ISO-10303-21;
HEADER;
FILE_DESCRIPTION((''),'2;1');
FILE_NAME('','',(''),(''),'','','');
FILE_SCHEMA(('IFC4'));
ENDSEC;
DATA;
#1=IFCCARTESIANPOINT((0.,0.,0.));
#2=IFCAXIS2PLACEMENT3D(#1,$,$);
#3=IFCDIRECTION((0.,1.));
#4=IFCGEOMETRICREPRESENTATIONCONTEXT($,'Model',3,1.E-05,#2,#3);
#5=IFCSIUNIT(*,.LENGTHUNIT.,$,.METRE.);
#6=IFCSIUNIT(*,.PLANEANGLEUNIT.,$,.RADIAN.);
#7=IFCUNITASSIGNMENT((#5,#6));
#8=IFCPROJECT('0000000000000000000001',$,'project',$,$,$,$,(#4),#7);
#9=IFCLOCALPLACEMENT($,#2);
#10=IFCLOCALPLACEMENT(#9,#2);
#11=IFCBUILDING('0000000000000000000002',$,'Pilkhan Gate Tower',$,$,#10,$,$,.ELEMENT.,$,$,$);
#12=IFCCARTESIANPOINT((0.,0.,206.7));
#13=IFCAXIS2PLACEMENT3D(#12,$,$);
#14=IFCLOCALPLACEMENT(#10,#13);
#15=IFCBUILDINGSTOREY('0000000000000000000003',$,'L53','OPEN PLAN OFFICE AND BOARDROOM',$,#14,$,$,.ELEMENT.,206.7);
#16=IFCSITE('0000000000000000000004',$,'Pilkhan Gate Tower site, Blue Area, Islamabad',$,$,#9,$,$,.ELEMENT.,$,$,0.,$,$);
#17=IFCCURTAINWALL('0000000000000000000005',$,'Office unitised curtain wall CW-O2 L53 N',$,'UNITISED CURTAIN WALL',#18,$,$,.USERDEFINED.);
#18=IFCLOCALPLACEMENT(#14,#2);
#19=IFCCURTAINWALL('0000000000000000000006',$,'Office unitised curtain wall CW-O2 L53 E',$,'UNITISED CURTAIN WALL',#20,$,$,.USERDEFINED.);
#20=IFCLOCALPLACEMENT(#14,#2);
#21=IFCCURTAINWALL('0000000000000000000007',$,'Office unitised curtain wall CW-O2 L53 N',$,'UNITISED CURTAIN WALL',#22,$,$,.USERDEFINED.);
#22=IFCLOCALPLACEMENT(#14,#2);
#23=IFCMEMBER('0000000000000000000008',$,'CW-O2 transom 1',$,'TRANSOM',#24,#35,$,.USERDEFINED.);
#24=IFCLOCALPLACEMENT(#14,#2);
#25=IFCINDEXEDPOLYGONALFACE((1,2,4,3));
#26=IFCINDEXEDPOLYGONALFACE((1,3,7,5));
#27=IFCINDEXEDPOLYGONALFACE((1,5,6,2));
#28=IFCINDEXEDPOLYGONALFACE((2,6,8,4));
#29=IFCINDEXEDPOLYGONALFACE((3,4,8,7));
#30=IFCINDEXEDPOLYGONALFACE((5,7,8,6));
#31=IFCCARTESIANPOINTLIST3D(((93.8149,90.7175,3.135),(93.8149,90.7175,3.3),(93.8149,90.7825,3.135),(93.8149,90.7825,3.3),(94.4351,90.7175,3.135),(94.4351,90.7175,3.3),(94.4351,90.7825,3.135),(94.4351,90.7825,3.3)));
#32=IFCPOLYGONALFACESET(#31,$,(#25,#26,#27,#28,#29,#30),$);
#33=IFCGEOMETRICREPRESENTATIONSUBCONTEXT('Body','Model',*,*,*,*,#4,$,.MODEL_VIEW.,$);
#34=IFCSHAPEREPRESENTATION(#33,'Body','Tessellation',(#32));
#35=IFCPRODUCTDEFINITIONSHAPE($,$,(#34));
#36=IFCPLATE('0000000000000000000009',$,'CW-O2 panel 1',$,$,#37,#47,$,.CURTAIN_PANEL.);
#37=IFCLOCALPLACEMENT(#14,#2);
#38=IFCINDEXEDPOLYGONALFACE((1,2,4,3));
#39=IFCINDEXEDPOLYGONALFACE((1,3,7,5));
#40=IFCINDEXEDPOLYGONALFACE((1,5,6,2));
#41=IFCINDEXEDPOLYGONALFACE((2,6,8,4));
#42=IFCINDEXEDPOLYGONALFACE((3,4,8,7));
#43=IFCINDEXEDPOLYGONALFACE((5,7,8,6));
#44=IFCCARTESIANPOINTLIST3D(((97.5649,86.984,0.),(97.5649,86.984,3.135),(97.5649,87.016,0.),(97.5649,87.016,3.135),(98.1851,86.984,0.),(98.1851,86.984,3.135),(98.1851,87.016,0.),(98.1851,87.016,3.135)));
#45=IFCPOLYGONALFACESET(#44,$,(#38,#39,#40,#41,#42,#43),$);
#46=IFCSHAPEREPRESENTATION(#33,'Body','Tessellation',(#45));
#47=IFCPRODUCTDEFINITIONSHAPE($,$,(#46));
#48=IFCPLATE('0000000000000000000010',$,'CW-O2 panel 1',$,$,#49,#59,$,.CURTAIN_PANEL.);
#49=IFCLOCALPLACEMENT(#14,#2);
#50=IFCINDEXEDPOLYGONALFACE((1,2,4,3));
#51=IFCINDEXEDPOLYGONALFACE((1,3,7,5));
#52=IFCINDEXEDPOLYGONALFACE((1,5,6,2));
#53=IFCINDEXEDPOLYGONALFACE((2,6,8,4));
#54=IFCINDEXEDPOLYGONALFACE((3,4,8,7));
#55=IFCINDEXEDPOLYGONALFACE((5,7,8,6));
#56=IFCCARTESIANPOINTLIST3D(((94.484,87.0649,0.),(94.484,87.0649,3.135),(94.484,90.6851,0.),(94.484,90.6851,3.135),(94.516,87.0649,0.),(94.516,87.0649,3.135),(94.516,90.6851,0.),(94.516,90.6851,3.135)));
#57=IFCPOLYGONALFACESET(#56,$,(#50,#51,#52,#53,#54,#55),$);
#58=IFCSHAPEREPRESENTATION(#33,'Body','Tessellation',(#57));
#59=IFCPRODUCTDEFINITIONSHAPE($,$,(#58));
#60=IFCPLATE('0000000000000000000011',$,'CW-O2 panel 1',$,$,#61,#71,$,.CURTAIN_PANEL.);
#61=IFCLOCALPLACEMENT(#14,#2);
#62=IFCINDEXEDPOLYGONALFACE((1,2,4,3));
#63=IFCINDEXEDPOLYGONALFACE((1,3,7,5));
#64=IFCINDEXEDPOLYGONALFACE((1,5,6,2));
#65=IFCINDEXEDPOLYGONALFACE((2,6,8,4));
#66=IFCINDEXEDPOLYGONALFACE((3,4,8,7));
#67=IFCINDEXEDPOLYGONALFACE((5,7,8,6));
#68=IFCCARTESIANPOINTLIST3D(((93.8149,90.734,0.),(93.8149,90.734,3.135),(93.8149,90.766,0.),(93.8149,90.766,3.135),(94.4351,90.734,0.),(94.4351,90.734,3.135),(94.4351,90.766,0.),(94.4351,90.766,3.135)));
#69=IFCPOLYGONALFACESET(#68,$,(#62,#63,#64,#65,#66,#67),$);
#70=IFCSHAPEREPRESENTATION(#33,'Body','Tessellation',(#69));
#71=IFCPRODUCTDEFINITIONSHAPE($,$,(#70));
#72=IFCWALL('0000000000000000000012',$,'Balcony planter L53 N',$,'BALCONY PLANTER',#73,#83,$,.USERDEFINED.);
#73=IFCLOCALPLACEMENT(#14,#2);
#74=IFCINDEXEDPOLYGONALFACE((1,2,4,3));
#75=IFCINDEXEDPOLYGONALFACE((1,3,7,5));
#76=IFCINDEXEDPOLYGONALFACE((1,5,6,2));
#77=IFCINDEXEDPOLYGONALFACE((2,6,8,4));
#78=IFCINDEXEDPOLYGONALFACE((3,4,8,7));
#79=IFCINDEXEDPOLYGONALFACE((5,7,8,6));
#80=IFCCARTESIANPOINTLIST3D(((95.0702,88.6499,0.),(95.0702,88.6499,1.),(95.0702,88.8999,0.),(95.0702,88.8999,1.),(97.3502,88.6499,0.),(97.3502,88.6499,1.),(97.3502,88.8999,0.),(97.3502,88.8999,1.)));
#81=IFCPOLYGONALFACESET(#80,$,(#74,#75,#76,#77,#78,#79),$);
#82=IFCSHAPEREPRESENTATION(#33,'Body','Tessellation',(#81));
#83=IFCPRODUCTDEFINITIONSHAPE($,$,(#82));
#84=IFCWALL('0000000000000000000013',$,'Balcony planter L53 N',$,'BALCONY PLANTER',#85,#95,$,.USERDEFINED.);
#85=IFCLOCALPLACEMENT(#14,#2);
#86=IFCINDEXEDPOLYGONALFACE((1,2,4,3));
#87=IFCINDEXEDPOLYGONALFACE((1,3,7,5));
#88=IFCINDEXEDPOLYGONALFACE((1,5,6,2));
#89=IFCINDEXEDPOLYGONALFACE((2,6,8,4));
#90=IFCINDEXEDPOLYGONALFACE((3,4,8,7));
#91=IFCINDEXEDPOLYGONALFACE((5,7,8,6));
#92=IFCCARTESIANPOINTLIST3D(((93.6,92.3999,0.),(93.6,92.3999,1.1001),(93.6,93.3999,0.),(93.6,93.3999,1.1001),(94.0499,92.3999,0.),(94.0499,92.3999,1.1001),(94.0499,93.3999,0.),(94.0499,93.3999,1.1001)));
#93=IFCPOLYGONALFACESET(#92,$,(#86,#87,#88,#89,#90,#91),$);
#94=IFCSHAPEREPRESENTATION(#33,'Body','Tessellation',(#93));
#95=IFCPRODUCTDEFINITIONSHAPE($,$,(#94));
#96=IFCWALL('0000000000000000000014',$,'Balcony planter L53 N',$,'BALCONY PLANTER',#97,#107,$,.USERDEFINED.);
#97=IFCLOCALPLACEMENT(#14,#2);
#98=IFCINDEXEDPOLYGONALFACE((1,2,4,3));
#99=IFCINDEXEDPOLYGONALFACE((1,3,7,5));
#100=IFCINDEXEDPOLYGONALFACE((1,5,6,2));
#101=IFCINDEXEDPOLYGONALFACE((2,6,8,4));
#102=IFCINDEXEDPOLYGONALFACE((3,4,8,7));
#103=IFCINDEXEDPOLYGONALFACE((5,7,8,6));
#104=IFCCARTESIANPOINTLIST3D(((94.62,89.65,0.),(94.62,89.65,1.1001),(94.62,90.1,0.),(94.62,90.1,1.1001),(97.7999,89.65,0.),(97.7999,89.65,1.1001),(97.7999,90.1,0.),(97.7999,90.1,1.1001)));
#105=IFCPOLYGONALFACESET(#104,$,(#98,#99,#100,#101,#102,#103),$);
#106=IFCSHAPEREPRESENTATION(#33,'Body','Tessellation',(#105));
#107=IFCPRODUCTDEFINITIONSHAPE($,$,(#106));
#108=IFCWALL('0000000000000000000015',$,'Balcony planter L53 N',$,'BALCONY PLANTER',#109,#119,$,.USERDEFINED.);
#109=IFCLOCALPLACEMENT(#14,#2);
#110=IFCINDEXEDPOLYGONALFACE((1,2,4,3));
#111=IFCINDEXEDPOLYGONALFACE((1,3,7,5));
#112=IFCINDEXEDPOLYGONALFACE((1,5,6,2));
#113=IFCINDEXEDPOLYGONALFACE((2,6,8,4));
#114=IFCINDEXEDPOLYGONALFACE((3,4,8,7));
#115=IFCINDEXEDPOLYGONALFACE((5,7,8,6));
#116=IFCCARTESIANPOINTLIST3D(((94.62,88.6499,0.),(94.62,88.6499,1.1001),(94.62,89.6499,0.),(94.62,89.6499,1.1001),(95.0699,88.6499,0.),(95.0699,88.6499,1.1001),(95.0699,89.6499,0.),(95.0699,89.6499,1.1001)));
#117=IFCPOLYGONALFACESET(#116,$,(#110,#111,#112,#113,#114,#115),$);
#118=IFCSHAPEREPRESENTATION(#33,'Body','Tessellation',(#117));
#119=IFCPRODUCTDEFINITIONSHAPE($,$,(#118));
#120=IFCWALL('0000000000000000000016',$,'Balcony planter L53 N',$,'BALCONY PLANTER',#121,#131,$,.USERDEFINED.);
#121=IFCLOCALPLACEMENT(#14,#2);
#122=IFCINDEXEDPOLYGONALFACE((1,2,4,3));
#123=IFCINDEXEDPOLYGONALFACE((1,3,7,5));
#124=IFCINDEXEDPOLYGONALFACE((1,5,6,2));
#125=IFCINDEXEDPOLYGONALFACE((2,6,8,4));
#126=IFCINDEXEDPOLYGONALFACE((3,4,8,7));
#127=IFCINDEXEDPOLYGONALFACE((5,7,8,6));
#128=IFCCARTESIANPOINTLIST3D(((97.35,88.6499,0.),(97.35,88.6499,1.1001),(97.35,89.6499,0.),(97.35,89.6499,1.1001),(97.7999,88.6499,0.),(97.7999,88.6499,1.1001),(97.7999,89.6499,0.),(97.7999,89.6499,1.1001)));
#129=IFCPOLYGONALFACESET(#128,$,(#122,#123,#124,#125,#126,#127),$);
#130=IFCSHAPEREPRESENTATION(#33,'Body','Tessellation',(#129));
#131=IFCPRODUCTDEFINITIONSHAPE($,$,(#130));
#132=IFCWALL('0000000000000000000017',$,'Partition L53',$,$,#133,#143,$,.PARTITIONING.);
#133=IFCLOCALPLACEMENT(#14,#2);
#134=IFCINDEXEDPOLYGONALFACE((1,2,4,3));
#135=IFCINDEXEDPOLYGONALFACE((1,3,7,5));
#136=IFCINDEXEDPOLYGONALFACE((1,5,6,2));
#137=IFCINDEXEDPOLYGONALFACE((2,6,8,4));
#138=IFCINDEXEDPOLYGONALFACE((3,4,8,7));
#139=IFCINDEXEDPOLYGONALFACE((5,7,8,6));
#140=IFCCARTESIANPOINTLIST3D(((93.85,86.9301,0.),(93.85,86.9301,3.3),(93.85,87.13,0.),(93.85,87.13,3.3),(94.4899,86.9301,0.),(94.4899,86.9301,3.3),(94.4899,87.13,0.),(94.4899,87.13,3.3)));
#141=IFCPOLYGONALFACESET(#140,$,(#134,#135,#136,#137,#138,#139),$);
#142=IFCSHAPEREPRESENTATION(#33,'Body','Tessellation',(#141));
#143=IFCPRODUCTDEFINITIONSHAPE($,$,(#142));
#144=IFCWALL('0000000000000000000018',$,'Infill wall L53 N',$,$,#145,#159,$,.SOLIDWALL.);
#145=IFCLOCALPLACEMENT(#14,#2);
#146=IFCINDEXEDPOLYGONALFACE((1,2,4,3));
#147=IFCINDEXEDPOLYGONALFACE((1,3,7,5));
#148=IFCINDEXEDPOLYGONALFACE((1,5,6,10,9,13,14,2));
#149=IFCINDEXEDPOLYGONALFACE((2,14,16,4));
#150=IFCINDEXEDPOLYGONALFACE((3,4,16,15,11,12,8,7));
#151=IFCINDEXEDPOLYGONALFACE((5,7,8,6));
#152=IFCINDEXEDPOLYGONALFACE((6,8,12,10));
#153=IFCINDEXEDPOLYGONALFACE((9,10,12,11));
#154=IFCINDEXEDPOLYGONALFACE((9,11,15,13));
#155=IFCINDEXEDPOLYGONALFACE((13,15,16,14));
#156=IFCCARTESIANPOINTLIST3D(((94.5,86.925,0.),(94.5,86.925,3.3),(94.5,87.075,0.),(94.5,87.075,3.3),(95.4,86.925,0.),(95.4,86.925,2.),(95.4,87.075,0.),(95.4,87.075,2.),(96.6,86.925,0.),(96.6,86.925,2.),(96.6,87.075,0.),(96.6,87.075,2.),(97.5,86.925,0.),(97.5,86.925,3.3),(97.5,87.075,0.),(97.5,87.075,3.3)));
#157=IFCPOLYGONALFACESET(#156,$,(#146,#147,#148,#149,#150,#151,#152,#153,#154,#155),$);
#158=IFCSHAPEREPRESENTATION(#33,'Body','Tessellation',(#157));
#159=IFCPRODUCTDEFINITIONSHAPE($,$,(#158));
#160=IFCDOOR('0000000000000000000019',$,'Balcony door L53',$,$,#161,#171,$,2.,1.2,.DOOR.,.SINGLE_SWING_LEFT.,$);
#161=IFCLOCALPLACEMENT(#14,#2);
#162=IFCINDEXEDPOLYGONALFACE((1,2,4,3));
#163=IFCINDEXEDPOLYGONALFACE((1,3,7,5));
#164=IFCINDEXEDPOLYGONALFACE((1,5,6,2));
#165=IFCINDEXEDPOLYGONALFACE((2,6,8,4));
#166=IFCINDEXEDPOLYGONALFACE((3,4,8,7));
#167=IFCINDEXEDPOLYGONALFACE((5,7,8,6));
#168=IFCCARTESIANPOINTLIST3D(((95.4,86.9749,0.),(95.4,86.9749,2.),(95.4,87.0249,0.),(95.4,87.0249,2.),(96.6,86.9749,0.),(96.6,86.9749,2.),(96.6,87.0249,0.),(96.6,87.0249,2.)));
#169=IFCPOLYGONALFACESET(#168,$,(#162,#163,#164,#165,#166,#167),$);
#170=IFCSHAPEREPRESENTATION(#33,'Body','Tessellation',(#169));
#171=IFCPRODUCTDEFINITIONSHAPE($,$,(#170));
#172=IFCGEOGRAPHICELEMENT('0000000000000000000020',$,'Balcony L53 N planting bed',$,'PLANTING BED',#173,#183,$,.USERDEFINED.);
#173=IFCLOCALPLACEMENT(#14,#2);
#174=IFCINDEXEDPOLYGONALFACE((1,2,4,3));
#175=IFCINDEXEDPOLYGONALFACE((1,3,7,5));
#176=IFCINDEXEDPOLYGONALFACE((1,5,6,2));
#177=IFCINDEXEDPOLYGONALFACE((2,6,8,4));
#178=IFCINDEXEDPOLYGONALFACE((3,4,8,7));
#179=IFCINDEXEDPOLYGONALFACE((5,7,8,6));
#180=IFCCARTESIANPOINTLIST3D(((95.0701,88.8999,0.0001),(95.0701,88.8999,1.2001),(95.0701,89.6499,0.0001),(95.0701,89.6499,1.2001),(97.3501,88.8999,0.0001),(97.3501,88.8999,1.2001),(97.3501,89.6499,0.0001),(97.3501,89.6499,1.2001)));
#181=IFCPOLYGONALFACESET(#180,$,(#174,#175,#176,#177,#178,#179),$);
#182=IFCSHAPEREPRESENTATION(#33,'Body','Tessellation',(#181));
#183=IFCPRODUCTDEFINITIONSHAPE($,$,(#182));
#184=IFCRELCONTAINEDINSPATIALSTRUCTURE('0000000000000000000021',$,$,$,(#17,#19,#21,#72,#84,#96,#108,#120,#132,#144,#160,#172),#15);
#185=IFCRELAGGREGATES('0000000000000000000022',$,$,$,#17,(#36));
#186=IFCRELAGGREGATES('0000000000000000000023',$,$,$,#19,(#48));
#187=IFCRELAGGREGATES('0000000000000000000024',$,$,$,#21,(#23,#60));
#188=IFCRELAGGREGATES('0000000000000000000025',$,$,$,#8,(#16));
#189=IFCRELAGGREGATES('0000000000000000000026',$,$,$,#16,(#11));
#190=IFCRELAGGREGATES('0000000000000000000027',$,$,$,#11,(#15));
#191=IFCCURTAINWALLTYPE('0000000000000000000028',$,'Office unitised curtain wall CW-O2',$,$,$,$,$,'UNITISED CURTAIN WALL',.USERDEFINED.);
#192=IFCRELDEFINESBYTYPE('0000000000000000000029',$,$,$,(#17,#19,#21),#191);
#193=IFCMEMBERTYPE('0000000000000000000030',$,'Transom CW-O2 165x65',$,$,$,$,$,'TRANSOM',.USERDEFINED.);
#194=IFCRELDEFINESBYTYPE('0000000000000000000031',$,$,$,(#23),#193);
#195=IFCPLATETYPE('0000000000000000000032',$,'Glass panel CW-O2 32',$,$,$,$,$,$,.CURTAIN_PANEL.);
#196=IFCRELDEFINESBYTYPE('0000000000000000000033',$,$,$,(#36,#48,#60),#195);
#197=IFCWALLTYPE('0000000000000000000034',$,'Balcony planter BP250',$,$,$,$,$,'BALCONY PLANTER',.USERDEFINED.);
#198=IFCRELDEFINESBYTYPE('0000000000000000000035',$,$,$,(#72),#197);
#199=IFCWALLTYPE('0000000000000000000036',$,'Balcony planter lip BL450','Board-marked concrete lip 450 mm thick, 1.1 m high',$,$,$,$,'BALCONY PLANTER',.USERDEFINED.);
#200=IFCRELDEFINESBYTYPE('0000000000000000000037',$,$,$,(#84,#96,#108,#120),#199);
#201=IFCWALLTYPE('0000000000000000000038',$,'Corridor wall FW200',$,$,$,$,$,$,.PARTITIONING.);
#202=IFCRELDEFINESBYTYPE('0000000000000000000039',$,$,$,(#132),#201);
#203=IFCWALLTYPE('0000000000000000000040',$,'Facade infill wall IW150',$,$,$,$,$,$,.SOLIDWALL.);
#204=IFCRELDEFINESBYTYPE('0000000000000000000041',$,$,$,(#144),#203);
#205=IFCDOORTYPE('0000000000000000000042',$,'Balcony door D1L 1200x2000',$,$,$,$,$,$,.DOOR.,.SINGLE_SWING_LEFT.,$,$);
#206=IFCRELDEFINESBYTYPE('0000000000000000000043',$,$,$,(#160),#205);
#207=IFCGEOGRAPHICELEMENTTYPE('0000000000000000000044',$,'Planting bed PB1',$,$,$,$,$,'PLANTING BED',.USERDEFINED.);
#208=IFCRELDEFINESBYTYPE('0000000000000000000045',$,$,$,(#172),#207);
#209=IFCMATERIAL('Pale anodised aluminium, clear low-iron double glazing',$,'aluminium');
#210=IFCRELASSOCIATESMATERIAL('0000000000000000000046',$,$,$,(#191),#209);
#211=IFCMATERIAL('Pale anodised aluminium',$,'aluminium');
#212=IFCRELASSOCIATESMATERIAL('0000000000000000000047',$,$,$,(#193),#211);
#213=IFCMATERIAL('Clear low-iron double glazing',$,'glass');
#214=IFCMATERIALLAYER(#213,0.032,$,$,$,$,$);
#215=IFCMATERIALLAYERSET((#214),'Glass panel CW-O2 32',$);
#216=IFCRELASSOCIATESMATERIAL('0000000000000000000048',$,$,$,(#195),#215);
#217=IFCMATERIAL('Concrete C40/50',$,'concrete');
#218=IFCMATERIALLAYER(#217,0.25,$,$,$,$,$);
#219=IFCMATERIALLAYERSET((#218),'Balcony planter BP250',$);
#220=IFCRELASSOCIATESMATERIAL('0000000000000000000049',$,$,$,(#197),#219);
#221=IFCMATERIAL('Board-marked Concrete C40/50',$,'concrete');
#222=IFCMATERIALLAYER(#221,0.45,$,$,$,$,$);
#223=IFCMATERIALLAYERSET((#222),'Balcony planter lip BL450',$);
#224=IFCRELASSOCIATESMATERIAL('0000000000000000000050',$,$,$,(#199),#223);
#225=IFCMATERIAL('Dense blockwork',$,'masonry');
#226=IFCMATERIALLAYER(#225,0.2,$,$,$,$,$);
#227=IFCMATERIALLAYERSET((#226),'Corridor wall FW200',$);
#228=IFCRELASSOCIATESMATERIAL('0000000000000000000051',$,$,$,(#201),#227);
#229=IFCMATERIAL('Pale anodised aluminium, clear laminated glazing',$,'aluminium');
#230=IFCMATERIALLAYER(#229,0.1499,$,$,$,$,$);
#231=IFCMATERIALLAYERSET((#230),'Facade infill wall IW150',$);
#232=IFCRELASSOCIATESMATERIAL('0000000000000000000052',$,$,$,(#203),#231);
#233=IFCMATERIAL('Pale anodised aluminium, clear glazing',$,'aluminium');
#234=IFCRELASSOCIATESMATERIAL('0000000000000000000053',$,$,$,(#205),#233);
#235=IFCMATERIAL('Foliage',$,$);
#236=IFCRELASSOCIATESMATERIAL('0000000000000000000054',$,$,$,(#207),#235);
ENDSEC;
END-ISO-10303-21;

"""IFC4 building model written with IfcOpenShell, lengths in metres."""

from ifc_helpers import new_model, si_unit, direction, frame, frame_2d, origin, origin_2d, place, context, subcontext, project, spatial, rectangle, extrude, material, layer, layer_set, material_profile, profile_set, type_object, element, fill, aggregate, save


model = new_model("IFC4")

# Units and contexts
model_context = context("Model", 3, precision=1e-05, world=origin(), true_north=direction((0.0, 1.0)))
body_context = subcontext(model_context, "Body", "Model", "MODEL_VIEW")
ifc_project = project(units=[si_unit("LENGTHUNIT", "METRE"), si_unit("PLANEANGLEUNIT", "RADIAN")], contexts=[model_context])

# Site, building, storey
site_placement = place(None, origin())
site = spatial("IfcSite", under=ifc_project, at=site_placement, Name="Pilkhan Gate Tower site, Blue Area, Islamabad", CompositionType="ELEMENT", RefElevation=0.0)
building_placement = place(site_placement, origin())
building = spatial("IfcBuilding", under=site, at=building_placement, Name="Pilkhan Gate Tower", CompositionType="ELEMENT")
storey_placement = place(building_placement, frame((0.0, 0.0, 206.7)))
storey = spatial("IfcBuildingStorey", under=building, at=storey_placement, Name="L53", Description="OPEN PLAN OFFICE AND BOARDROOM", CompositionType="ELEMENT", Elevation=206.7)

# Shared definitions
ifc_material_1 = material(Name="Pale anodised aluminium, clear low-iron double glazing", Category="aluminium")
curtain_wall_type = type_object("IfcCurtainWallType", Name="Office unitised curtain wall CW-O2", ElementType="UNITISED CURTAIN WALL", PredefinedType="USERDEFINED", material=ifc_material_1)
ifc_material_2 = material(Name="Pale anodised aluminium", Category="aluminium")

# Curtain walls
curtain_wall_1_placement = place(storey_placement, origin())
curtain_wall_1 = element("IfcCurtainWall", 1, at=curtain_wall_1_placement, inside=storey, type_object=curtain_wall_type, Name="Office unitised curtain wall CW-O2 L53 N", ObjectType="UNITISED CURTAIN WALL", PredefinedType="USERDEFINED")
curtain_wall_2_placement = place(storey_placement, origin())
curtain_wall_2 = element("IfcCurtainWall", 2, at=curtain_wall_2_placement, inside=storey, type_object=curtain_wall_type, Name="Office unitised curtain wall CW-O2 L53 E", ObjectType="UNITISED CURTAIN WALL", PredefinedType="USERDEFINED")
curtain_wall_3_placement = place(storey_placement, origin())
curtain_wall_3 = element("IfcCurtainWall", 3, at=curtain_wall_3_placement, inside=storey, type_object=curtain_wall_type, Name="Office unitised curtain wall CW-O2 L53 N", ObjectType="UNITISED CURTAIN WALL", PredefinedType="USERDEFINED")

# Member
ifc_material_profile_1 = material_profile(ifc_material_2, rectangle(XDim=0.0649, YDim=0.165, at=origin_2d()), Name="Transom 165x65")
ifc_profile_set_1 = profile_set([ifc_material_profile_1], Name="Pale anodised aluminium")
member_type_1 = type_object("IfcMemberType", Name="Transom CW-O2 165x65", ElementType="TRANSOM", PredefinedType="USERDEFINED", material=ifc_profile_set_1)
member_1_placement = place(storey_placement, frame((93.8149, 90.75, 3.2175), z_axis=(1.0, 0.0, 0.0), x_axis=(0.0, 1.0, 0.0)))
member_1 = element("IfcMember", 4, at=member_1_placement, type_object=member_type_1, Name="CW-O2 transom 1", ObjectType="TRANSOM", PredefinedType="USERDEFINED", context=body_context, shape_type="SweptSolid", body=[
    extrude(rectangle(XDim=0.0649, YDim=0.165, at=origin_2d()), origin(), (0.0, 0.0, 1.0), 0.6201),
])

# Plates
ifc_material_3 = material(Name="Clear low-iron double glazing", Category="glass")
ifc_layer_1 = layer(ifc_material_3, 0.032)
ifc_layer_set_1 = layer_set([ifc_layer_1], Name="Glass panel CW-O2 32")
plate_type = type_object("IfcPlateType", Name="Glass panel CW-O2 32", PredefinedType="CURTAIN_PANEL", material=ifc_layer_set_1)
plate_1_placement = place(storey_placement, frame((97.875, 87.0, 0.0), z_axis=(0.0, 0.0, 1.0), x_axis=(1.0, 0.0, 0.0)))
plate_1 = element("IfcPlate", 5, at=plate_1_placement, type_object=plate_type, Name="CW-O2 panel 1", PredefinedType="CURTAIN_PANEL", context=body_context, shape_type="SweptSolid", body=[
    extrude(rectangle(XDim=0.6201, YDim=0.032, at=origin_2d()), origin(), (0.0, 0.0, 1.0), 3.135),
])
aggregate(curtain_wall_1, [plate_1])
plate_2_placement = place(storey_placement, frame((94.5, 88.875, 0.0), z_axis=(0.0, 0.0, 1.0), x_axis=(0.0, 1.0, 0.0)))
plate_2 = element("IfcPlate", 6, at=plate_2_placement, type_object=plate_type, Name="CW-O2 panel 1", PredefinedType="CURTAIN_PANEL", context=body_context, shape_type="SweptSolid", body=[
    extrude(rectangle(XDim=3.6201, YDim=0.032, at=origin_2d()), origin(), (0.0, 0.0, 1.0), 3.135),
])
aggregate(curtain_wall_2, [plate_2])
plate_3_placement = place(storey_placement, frame((94.125, 90.75, 0.0), z_axis=(0.0, 0.0, 1.0), x_axis=(1.0, 0.0, 0.0)))
plate_3 = element("IfcPlate", 7, at=plate_3_placement, type_object=plate_type, Name="CW-O2 panel 1", PredefinedType="CURTAIN_PANEL", context=body_context, shape_type="SweptSolid", body=[
    extrude(rectangle(XDim=0.6201, YDim=0.032, at=origin_2d()), origin(), (0.0, 0.0, 1.0), 3.135),
])
aggregate(curtain_wall_3, [member_1, plate_3])

# Walls
ifc_material_4 = material(Name="Concrete C40/50", Category="concrete")
ifc_layer_2 = layer(ifc_material_4, 0.25)
ifc_layer_set_2 = layer_set([ifc_layer_2], Name="Balcony planter BP250")
wall_type_1 = type_object("IfcWallType", Name="Balcony planter BP250", ElementType="BALCONY PLANTER", PredefinedType="USERDEFINED", material=ifc_layer_set_2)
wall_1_placement = place(storey_placement, frame((95.0701, 88.7749, 0.0), z_axis=(0.0, 0.0, 1.0), x_axis=(1.0, 0.0, 0.0)))
element("IfcWall", 8, at=wall_1_placement, inside=storey, type_object=wall_type_1, Name="Balcony planter L53 N", ObjectType="BALCONY PLANTER", PredefinedType="USERDEFINED", context=body_context, shape_type="SweptSolid", body=[
    extrude(rectangle(XDim=2.28, YDim=0.25, at=frame_2d((1.1401, 0.0))), origin(), (0.0, 0.0, 1.0), 1.0),
])
ifc_material_5 = material(Name="Board-marked Concrete C40/50", Category="concrete")
ifc_layer_3 = layer(ifc_material_5, 0.45)
ifc_layer_set_3 = layer_set([ifc_layer_3], Name="Balcony planter lip BL450")
wall_type_2 = type_object("IfcWallType", Name="Balcony planter lip BL450", Description="Board-marked concrete lip 450 mm thick, 1.1 m high", ElementType="BALCONY PLANTER", PredefinedType="USERDEFINED", material=ifc_layer_set_3)
wall_2_placement = place(storey_placement, frame((93.825, 92.3999, 0.0), z_axis=(0.0, 0.0, 1.0), x_axis=(0.0, 1.0, 0.0)))
element("IfcWall", 9, at=wall_2_placement, inside=storey, type_object=wall_type_2, Name="Balcony planter L53 N", ObjectType="BALCONY PLANTER", PredefinedType="USERDEFINED", context=body_context, shape_type="SweptSolid", body=[
    extrude(rectangle(XDim=1.0, YDim=0.45, at=frame_2d((0.5, 0.0))), origin(), (0.0, 0.0, 1.0), 1.1001),
])
wall_3_placement = place(storey_placement, frame((94.6201, 89.875, 0.0), z_axis=(0.0, 0.0, 1.0), x_axis=(1.0, 0.0, 0.0)))
element("IfcWall", 10, at=wall_3_placement, inside=storey, type_object=wall_type_2, Name="Balcony planter L53 N", ObjectType="BALCONY PLANTER", PredefinedType="USERDEFINED", context=body_context, shape_type="SweptSolid", body=[
    extrude(rectangle(XDim=3.1799, YDim=0.45, at=frame_2d((1.5898, 0.0))), origin(), (0.0, 0.0, 1.0), 1.1001),
])
for number, where, z_axis, x_axis, name in (
    (11, (94.845, 88.6499, 0.0), (0.0, 0.0, 1.0), (0.0, 1.0, 0.0), "Balcony planter L53 N"),
    (12, (97.575, 88.6499, 0.0), (0.0, 0.0, 1.0), (0.0, 1.0, 0.0), "Balcony planter L53 N"),
):
    element("IfcWall", number, at=place(storey_placement, frame(where, z_axis=z_axis, x_axis=x_axis)), inside=storey, type_object=wall_type_2, Name=name, ObjectType="BALCONY PLANTER", PredefinedType="USERDEFINED", context=body_context, shape_type="SweptSolid", body=[
        extrude(rectangle(XDim=1.0, YDim=0.45, at=frame_2d((0.5, 0.0))), origin(), (0.0, 0.0, 1.0), 1.1001),
    ])
ifc_material_6 = material(Name="Dense blockwork", Category="masonry")
ifc_layer_4 = layer(ifc_material_6, 0.2)
ifc_layer_set_4 = layer_set([ifc_layer_4], Name="Corridor wall FW200")
wall_type_3 = type_object("IfcWallType", Name="Corridor wall FW200", PredefinedType="PARTITIONING", material=ifc_layer_set_4)
wall_4_placement = place(storey_placement, frame((93.8501, 87.03, 0.0), z_axis=(0.0, 0.0, 1.0), x_axis=(1.0, 0.0, 0.0)))
element("IfcWall", 13, at=wall_4_placement, inside=storey, type_object=wall_type_3, Name="Partition L53", PredefinedType="PARTITIONING", context=body_context, shape_type="SweptSolid", body=[
    extrude(rectangle(XDim=0.6399, YDim=0.2, at=frame_2d((0.3198, 0.0))), origin(), (0.0, 0.0, 1.0), 3.3),
])

# Wall, opening, door
ifc_material_7 = material(Name="Pale anodised aluminium, clear laminated glazing", Category="aluminium")
ifc_layer_5 = layer(ifc_material_7, 0.1499)
ifc_layer_set_5 = layer_set([ifc_layer_5], Name="Facade infill wall IW150")
wall_type_4 = type_object("IfcWallType", Name="Facade infill wall IW150", PredefinedType="SOLIDWALL", material=ifc_layer_set_5)
wall_5_placement = place(storey_placement, frame((94.5, 87.0, 0.0), z_axis=(0.0, 0.0, 1.0), x_axis=(1.0, 0.0, 0.0)))
wall_5 = element("IfcWall", 14, at=wall_5_placement, inside=storey, type_object=wall_type_4, Name="Infill wall L53 N", PredefinedType="SOLIDWALL", context=body_context, shape_type="SweptSolid", body=[
    extrude(rectangle(XDim=3.0, YDim=0.1499, at=frame_2d((1.5, 0.0))), origin(), (0.0, 0.0, 1.0), 3.3),
])
opening_placement = place(wall_5_placement, frame((0.8999, 0.0, 0.0)))
opening = element("IfcOpeningElement", 15, at=opening_placement, cuts=wall_5, PredefinedType="OPENING", context=body_context, shape_type="SweptSolid", body=[
    extrude(rectangle(XDim=1.2, YDim=2.0, at=frame_2d((0.6001, 1.0))), frame((0.0, 0.085, 0.0), z_axis=(0.0, -1.0, 0.0), x_axis=(1.0, 0.0, 0.0)), (0.0, 0.0, 1.0), 0.1699),
])
ifc_material_8 = material(Name="Pale anodised aluminium, clear glazing", Category="aluminium")
door_type = type_object("IfcDoorType", Name="Balcony door D1L 1200x2000", OperationType="SINGLE_SWING_LEFT", PredefinedType="DOOR", material=ifc_material_8)
door_placement = place(opening_placement, origin())
door = element("IfcDoor", 16, at=door_placement, inside=storey, type_object=door_type, Name="Balcony door L53", OperationType="SINGLE_SWING_LEFT", OverallHeight=2.0, OverallWidth=1.2, PredefinedType="DOOR", context=body_context, shape_type="SweptSolid", body=[
    extrude(rectangle(XDim=1.2, YDim=2.0, at=frame_2d((0.6001, 1.0))), frame((0.0, 0.0249, 0.0), z_axis=(0.0, -1.0, 0.0), x_axis=(1.0, 0.0, 0.0)), (0.0, 0.0, 1.0), 0.05),
])
fill(opening, door)

# Geographic element
ifc_material_9 = material(Name="Foliage")
ifc_material_profile_2 = material_profile(ifc_material_9, rectangle(XDim=0.75, YDim=1.2, at=origin_2d()), Name="Bed 750x1200")
ifc_profile_set_2 = profile_set([ifc_material_profile_2], Name="Foliage")
geographic_element_type_1 = type_object("IfcGeographicElementType", Name="Planting bed PB1", ElementType="PLANTING BED", PredefinedType="USERDEFINED", material=ifc_profile_set_2)
geographic_element_placement = place(storey_placement, frame((95.0701, 89.2749, 0.6001), z_axis=(1.0, 0.0, 0.0), x_axis=(0.0, 1.0, 0.0)))
element("IfcGeographicElement", 17, at=geographic_element_placement, inside=storey, type_object=geographic_element_type_1, Name="Balcony L53 N planting bed", ObjectType="PLANTING BED", PredefinedType="USERDEFINED", context=body_context, shape_type="SweptSolid", body=[
    extrude(rectangle(XDim=0.75, YDim=1.2, at=origin_2d()), origin(), (0.0, 0.0, 1.0), 2.28),
])

save(model, "model.ifc")
